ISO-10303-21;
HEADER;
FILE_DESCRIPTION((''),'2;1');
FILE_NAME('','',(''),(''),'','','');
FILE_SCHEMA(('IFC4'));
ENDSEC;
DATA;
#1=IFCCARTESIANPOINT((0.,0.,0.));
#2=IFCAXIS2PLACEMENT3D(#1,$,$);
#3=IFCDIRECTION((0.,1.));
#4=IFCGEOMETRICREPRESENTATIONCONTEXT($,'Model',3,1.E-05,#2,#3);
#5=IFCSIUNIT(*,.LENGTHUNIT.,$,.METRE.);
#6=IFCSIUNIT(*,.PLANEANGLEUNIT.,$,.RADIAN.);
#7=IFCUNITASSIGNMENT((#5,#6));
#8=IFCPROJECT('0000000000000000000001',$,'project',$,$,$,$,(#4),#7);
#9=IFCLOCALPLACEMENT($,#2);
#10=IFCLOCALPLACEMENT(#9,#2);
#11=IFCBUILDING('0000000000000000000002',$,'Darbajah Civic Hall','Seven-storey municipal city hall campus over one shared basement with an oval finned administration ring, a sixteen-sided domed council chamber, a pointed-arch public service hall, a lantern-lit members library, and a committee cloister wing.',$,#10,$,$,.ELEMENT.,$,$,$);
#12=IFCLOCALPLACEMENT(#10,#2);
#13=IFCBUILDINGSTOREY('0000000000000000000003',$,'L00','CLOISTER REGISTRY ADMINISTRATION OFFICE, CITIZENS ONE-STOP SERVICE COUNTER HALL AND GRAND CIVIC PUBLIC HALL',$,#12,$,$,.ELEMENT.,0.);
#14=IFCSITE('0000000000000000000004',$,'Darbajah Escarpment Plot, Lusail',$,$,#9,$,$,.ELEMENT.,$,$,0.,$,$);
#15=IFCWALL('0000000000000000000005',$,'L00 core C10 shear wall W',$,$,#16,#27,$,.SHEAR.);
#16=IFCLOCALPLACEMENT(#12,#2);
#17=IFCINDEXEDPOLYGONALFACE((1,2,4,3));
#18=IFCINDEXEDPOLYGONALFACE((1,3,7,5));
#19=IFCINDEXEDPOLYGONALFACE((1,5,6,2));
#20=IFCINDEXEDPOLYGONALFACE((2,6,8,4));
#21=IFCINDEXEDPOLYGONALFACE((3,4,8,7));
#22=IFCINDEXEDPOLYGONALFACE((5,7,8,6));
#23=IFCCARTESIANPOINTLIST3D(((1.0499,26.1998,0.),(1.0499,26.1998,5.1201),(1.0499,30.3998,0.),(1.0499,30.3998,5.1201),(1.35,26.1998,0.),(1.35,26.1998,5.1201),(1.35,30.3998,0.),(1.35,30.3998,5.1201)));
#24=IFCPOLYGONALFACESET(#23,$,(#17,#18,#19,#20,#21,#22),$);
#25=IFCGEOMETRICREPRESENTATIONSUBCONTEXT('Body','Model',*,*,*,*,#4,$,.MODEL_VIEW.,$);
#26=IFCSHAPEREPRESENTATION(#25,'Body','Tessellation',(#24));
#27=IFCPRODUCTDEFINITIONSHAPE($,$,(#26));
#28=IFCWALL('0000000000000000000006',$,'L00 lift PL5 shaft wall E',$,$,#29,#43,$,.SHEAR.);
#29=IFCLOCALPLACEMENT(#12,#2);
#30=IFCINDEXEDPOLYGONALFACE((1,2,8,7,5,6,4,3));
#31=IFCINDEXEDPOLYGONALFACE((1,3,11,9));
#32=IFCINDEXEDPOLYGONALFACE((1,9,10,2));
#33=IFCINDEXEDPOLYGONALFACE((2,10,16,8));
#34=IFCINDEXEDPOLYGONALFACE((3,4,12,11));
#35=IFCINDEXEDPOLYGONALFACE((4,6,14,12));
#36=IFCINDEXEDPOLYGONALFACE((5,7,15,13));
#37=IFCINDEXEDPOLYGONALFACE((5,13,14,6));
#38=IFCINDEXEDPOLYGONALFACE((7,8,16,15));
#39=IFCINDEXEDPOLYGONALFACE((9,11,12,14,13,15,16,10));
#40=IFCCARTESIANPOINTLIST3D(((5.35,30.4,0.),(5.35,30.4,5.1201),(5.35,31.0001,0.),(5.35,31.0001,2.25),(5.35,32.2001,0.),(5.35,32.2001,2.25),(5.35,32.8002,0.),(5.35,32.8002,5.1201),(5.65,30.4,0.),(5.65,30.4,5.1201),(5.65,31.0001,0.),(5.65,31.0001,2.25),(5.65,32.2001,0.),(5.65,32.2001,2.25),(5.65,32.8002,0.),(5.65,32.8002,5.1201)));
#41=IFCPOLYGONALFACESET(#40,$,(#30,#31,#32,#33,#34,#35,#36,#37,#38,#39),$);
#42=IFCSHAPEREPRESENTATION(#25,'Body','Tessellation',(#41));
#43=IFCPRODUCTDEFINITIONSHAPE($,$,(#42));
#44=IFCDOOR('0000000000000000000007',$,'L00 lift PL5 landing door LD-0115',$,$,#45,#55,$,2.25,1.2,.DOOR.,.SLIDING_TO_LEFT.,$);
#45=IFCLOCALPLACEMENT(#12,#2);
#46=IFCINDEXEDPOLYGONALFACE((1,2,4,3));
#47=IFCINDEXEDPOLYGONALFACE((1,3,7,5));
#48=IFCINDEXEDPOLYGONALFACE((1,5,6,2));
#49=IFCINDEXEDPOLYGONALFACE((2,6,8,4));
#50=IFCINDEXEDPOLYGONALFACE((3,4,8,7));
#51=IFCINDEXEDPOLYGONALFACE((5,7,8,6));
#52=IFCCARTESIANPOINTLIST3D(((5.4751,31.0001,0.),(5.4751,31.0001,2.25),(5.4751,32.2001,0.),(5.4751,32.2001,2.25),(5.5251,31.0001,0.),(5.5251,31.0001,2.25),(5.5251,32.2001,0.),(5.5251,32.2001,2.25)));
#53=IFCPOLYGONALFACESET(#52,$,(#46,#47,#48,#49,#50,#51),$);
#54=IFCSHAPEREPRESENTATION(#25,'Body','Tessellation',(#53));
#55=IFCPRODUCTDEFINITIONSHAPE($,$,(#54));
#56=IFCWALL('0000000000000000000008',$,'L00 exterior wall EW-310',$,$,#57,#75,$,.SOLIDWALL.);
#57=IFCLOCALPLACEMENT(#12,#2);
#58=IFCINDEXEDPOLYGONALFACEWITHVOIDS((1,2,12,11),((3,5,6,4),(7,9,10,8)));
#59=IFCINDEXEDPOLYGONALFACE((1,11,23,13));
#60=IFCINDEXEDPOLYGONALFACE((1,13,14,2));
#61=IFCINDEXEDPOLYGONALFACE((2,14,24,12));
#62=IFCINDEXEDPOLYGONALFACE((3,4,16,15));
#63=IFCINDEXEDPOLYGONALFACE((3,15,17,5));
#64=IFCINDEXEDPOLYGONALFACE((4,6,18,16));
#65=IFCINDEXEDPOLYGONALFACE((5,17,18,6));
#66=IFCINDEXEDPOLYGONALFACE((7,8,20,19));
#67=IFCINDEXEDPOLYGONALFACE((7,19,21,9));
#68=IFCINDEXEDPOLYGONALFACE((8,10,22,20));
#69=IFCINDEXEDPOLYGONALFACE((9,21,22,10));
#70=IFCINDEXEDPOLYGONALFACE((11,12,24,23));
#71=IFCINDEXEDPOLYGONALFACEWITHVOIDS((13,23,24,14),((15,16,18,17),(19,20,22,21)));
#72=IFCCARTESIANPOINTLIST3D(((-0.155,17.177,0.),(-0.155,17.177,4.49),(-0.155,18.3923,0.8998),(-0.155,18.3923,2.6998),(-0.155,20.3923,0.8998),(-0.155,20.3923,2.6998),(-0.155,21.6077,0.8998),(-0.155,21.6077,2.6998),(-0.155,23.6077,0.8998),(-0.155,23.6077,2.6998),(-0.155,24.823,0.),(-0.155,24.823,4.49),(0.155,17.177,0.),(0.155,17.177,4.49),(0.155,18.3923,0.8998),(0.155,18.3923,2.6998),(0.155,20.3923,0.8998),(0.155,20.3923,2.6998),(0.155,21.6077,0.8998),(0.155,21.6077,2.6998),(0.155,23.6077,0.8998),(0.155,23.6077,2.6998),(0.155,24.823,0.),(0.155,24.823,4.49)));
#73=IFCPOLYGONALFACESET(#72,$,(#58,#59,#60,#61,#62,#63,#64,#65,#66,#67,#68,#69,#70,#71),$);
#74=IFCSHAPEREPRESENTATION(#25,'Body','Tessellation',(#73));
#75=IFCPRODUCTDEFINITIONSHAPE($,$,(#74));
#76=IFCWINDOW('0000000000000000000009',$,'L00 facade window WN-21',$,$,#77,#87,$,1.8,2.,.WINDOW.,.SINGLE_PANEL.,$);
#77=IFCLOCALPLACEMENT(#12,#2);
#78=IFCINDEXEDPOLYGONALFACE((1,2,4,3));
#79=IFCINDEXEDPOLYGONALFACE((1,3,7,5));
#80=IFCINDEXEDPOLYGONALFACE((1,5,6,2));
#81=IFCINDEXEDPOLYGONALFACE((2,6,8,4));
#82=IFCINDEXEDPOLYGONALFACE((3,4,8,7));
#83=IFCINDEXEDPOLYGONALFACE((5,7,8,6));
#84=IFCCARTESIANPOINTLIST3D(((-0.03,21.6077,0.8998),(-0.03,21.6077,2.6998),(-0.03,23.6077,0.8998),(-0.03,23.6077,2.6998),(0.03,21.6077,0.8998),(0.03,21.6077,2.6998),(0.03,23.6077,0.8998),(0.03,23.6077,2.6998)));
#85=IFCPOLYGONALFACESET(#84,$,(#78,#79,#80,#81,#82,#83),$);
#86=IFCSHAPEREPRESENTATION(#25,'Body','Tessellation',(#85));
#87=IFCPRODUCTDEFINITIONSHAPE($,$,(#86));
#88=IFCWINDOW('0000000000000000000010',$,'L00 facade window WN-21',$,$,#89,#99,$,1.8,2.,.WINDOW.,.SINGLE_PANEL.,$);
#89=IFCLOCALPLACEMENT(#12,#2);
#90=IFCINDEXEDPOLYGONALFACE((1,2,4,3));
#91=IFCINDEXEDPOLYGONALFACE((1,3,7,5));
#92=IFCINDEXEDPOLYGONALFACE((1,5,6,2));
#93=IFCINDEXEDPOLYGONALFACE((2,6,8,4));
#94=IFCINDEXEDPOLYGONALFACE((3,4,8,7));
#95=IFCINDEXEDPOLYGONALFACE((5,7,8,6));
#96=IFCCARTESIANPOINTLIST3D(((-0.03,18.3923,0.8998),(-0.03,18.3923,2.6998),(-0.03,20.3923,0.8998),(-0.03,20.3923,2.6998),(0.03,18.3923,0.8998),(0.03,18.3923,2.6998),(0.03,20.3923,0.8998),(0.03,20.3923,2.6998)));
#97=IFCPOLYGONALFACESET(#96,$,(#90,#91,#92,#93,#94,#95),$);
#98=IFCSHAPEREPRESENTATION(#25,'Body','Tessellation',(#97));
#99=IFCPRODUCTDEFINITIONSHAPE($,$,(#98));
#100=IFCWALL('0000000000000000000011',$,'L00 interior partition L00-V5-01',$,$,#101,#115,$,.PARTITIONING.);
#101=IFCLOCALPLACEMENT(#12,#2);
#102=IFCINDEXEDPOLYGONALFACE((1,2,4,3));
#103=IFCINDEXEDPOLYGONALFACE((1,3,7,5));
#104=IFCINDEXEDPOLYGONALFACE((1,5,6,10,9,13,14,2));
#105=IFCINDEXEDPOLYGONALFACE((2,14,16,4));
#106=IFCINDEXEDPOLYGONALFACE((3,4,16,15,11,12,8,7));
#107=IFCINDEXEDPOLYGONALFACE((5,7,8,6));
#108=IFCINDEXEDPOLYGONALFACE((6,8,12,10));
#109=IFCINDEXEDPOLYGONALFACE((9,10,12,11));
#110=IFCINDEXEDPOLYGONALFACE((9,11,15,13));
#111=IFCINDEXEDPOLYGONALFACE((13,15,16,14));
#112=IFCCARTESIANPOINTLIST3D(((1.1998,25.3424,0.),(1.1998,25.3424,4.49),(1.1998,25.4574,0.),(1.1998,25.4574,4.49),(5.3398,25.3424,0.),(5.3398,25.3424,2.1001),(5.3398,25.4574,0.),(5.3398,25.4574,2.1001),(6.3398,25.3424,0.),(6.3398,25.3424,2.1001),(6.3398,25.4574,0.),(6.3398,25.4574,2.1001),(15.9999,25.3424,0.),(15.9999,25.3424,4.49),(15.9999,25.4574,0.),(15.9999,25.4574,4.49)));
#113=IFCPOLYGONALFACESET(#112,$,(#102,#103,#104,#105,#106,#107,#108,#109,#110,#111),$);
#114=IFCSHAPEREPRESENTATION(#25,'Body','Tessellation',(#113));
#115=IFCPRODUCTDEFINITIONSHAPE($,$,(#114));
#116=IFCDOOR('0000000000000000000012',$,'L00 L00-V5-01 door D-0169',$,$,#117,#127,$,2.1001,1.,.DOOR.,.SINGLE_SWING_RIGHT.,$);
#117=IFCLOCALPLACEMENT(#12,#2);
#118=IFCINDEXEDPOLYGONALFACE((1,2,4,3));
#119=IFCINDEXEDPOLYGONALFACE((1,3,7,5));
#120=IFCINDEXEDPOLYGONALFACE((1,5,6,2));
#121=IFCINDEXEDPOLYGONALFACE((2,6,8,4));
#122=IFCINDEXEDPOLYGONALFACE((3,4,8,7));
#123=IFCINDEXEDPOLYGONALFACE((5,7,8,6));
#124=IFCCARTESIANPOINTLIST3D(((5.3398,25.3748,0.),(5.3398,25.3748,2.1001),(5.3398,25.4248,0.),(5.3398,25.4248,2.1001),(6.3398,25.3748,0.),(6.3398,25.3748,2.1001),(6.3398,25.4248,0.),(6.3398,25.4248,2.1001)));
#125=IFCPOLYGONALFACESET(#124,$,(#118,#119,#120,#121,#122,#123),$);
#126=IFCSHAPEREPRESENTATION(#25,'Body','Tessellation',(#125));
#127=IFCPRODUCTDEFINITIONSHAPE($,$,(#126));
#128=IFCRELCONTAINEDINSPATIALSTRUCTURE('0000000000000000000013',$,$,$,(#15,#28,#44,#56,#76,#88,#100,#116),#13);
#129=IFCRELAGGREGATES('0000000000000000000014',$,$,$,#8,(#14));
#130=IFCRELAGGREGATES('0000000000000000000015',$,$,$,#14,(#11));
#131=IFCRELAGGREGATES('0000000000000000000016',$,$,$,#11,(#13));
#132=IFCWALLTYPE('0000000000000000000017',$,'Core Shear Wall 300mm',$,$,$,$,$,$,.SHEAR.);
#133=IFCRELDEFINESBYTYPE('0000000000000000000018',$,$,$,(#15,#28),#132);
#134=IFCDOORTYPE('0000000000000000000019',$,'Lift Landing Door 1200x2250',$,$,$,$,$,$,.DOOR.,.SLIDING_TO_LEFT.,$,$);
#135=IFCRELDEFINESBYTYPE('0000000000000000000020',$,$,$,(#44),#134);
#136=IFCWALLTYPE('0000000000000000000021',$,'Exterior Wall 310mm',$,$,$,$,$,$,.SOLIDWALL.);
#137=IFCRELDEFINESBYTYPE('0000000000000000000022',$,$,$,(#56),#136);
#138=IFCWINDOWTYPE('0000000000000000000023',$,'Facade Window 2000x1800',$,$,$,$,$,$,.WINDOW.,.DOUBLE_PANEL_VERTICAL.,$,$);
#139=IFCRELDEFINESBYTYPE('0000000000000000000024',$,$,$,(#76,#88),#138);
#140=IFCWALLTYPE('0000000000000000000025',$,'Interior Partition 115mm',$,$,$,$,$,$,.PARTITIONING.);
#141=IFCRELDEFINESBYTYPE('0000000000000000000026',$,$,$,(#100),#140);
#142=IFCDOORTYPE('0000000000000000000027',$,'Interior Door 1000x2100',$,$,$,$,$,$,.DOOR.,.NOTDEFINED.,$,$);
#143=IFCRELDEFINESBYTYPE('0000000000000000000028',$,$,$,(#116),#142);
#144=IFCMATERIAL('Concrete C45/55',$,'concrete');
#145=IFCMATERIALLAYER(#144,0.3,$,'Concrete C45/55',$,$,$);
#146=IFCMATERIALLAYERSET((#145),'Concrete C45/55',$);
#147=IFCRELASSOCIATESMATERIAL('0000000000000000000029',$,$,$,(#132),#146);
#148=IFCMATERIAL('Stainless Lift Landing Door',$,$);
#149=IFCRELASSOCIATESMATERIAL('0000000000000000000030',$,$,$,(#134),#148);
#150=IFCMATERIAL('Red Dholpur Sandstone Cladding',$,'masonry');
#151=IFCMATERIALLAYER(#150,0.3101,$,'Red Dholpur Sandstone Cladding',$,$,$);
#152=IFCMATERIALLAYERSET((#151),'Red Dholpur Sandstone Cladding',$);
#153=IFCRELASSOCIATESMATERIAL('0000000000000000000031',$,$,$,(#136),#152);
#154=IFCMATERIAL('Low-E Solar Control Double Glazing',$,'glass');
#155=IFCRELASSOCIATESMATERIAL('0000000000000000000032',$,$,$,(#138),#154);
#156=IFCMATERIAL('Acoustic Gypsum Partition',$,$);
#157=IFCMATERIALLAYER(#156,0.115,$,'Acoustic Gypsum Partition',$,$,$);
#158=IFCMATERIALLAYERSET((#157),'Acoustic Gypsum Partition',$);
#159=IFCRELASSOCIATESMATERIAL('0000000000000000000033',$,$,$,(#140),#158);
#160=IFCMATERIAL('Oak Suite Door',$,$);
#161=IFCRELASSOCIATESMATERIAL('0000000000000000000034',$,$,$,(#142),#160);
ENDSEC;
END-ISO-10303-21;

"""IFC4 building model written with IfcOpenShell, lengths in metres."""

from ifc_helpers import new_model, si_unit, direction, frame, frame_2d, origin, place, context, subcontext, project, spatial, rectangle, extrude, material, layer, layer_set, type_object, element, fill, save


model = new_model("IFC4")

# Units and contexts
model_context = context("Model", 3, precision=1e-05, world=origin(), true_north=direction((0.0, 1.0)))
body_context = subcontext(model_context, "Body", "Model", "MODEL_VIEW")
ifc_project = project(units=[si_unit("LENGTHUNIT", "METRE"), si_unit("PLANEANGLEUNIT", "RADIAN")], contexts=[model_context])

# Site, building, storey
site_placement = place(None, origin())
site = spatial("IfcSite", under=ifc_project, at=site_placement, Name="Darbajah Escarpment Plot, Lusail", CompositionType="ELEMENT", RefElevation=0.0)
building_placement = place(site_placement, origin())
building = spatial("IfcBuilding", under=site, at=building_placement, Name="Darbajah Civic Hall", Description="Seven-storey municipal city hall campus over one shared basement with an oval finned administration ring, a sixteen-sided domed council chamber, a pointed-arch public service hall, a lantern-lit members library, and a committee cloister wing.", CompositionType="ELEMENT")
storey_placement = place(building_placement, origin())
storey = spatial("IfcBuildingStorey", under=building, at=storey_placement, Name="L00", Description="CLOISTER REGISTRY ADMINISTRATION OFFICE, CITIZENS ONE-STOP SERVICE COUNTER HALL AND GRAND CIVIC PUBLIC HALL", CompositionType="ELEMENT", Elevation=0.0)

# Shared definitions
ifc_material_1 = material(Name="Concrete C45/55", Category="concrete")

# Wall
ifc_layer_1 = layer(ifc_material_1, 0.3, Name="Concrete C45/55")
ifc_layer_set_1 = layer_set([ifc_layer_1], Name="Concrete C45/55")
wall_type_1 = type_object("IfcWallType", Name="Core Shear Wall 300mm", PredefinedType="SHEAR", material=ifc_layer_set_1)
wall_1_placement = place(storey_placement, frame((1.2, 30.3999, 0.0), z_axis=(0.0, 0.0, 1.0), x_axis=(0.0, -1.0, 0.0)))
element("IfcWall", 1, at=wall_1_placement, inside=storey, type_object=wall_type_1, Name="L00 core C10 shear wall W", PredefinedType="SHEAR", context=body_context, shape_type="SweptSolid", body=[
    extrude(rectangle(XDim=4.2, YDim=0.3, at=frame_2d((2.1001, 0.0))), origin(), (0.0, 0.0, 1.0), 5.1201),
])

# Wall, opening, door
wall_2_placement = place(storey_placement, frame((5.5, 30.3999, 0.0), z_axis=(0.0, 0.0, 1.0), x_axis=(0.0, 1.0, 0.0)))
wall_2 = element("IfcWall", 2, at=wall_2_placement, inside=storey, type_object=wall_type_1, Name="L00 lift PL5 shaft wall E", PredefinedType="SHEAR", context=body_context, shape_type="SweptSolid", body=[
    extrude(rectangle(XDim=2.4001, YDim=0.3, at=frame_2d((1.2002, 0.0))), origin(), (0.0, 0.0, 1.0), 5.1201),
])
opening_1_placement = place(wall_2_placement, frame((0.6001, 0.0, 0.0)))
opening_1 = element("IfcOpeningElement", 3, at=opening_1_placement, cuts=wall_2, PredefinedType="OPENING", context=body_context, shape_type="SweptSolid", body=[
    extrude(rectangle(XDim=1.2, YDim=2.25, at=frame_2d((0.6001, 1.125))), frame((0.0, 0.1599, 0.0), z_axis=(0.0, -1.0, 0.0), x_axis=(1.0, 0.0, 0.0)), (0.0, 0.0, 1.0), 0.3201),
])
ifc_material_2 = material(Name="Stainless Lift Landing Door")
door_type_1 = type_object("IfcDoorType", Name="Lift Landing Door 1200x2250", OperationType="SLIDING_TO_LEFT", PredefinedType="DOOR", material=ifc_material_2)
door_1_placement = place(opening_1_placement, origin())
door_1 = element("IfcDoor", 4, at=door_1_placement, inside=storey, type_object=door_type_1, Name="L00 lift PL5 landing door LD-0115", OperationType="SLIDING_TO_LEFT", OverallHeight=2.25, OverallWidth=1.2, PredefinedType="DOOR", context=body_context, shape_type="SweptSolid", body=[
    extrude(rectangle(XDim=1.2, YDim=2.25, at=frame_2d((0.6001, 1.125))), frame((0.0, 0.0249, 0.0), z_axis=(0.0, -1.0, 0.0), x_axis=(1.0, 0.0, 0.0)), (0.0, 0.0, 1.0), 0.05),
])
fill(opening_1, door_1)

# Wall, openings, windows
ifc_material_3 = material(Name="Red Dholpur Sandstone Cladding", Category="masonry")
ifc_layer_2 = layer(ifc_material_3, 0.3101, Name="Red Dholpur Sandstone Cladding")
ifc_layer_set_2 = layer_set([ifc_layer_2], Name="Red Dholpur Sandstone Cladding")
wall_type_2 = type_object("IfcWallType", Name="Exterior Wall 310mm", PredefinedType="SOLIDWALL", material=ifc_layer_set_2)
wall_3_placement = place(storey_placement, frame((0.0, 24.823, 0.0), z_axis=(0.0, 0.0, 1.0), x_axis=(0.0, -1.0, 0.0)))
wall_3 = element("IfcWall", 5, at=wall_3_placement, inside=storey, type_object=wall_type_2, Name="L00 exterior wall EW-310", PredefinedType="SOLIDWALL", context=body_context, shape_type="SweptSolid", body=[
    extrude(rectangle(XDim=7.646, YDim=0.3101, at=frame_2d((3.823, 0.0))), origin(), (0.0, 0.0, 1.0), 4.49),
])
opening_2_placement = place(wall_3_placement, frame((1.2153, 0.0, 0.8999)))
opening_2 = element("IfcOpeningElement", 6, at=opening_2_placement, cuts=wall_3, PredefinedType="OPENING", context=body_context, shape_type="SweptSolid", body=[
    extrude(rectangle(XDim=2.0, YDim=1.8, at=frame_2d((1.0, 0.8999))), frame((0.0, 0.165, 0.0), z_axis=(0.0, -1.0, 0.0), x_axis=(1.0, 0.0, 0.0)), (0.0, 0.0, 1.0), 0.3301),
])
opening_3_placement = place(wall_3_placement, frame((4.4307, 0.0, 0.8999)))
opening_3 = element("IfcOpeningElement", 7, at=opening_3_placement, cuts=wall_3, PredefinedType="OPENING", context=body_context, shape_type="SweptSolid", body=[
    extrude(rectangle(XDim=2.0, YDim=1.8, at=frame_2d((1.0, 0.8999))), frame((0.0, 0.165, 0.0), z_axis=(0.0, -1.0, 0.0), x_axis=(1.0, 0.0, 0.0)), (0.0, 0.0, 1.0), 0.3301),
])
ifc_material_4 = material(Name="Low-E Solar Control Double Glazing", Category="glass")
window_type = type_object("IfcWindowType", Name="Facade Window 2000x1800", PartitioningType="DOUBLE_PANEL_VERTICAL", PredefinedType="WINDOW", material=ifc_material_4)
window_1_placement = place(opening_2_placement, origin())
window_1 = element("IfcWindow", 8, at=window_1_placement, inside=storey, type_object=window_type, Name="L00 facade window WN-21", OverallHeight=1.8, OverallWidth=2.0, PartitioningType="SINGLE_PANEL", PredefinedType="WINDOW", context=body_context, shape_type="SweptSolid", body=[
    extrude(rectangle(XDim=2.0, YDim=1.8, at=frame_2d((1.0, 0.8999))), frame((0.0, 0.03, 0.0), z_axis=(0.0, -1.0, 0.0), x_axis=(1.0, 0.0, 0.0)), (0.0, 0.0, 1.0), 0.0601),
])
fill(opening_2, window_1)
window_2_placement = place(opening_3_placement, origin())
window_2 = element("IfcWindow", 9, at=window_2_placement, inside=storey, type_object=window_type, Name="L00 facade window WN-21", OverallHeight=1.8, OverallWidth=2.0, PartitioningType="SINGLE_PANEL", PredefinedType="WINDOW", context=body_context, shape_type="SweptSolid", body=[
    extrude(rectangle(XDim=2.0, YDim=1.8, at=frame_2d((1.0, 0.8999))), frame((0.0, 0.03, 0.0), z_axis=(0.0, -1.0, 0.0), x_axis=(1.0, 0.0, 0.0)), (0.0, 0.0, 1.0), 0.0601),
])
fill(opening_3, window_2)

# Wall, opening, door
ifc_material_5 = material(Name="Acoustic Gypsum Partition")
ifc_layer_3 = layer(ifc_material_5, 0.115, Name="Acoustic Gypsum Partition")
ifc_layer_set_3 = layer_set([ifc_layer_3], Name="Acoustic Gypsum Partition")
wall_type_3 = type_object("IfcWallType", Name="Interior Partition 115mm", PredefinedType="PARTITIONING", material=ifc_layer_set_3)
wall_4_placement = place(storey_placement, frame((1.2, 25.3999, 0.0), z_axis=(0.0, 0.0, 1.0), x_axis=(1.0, 0.0, 0.0)))
wall_4 = element("IfcWall", 10, at=wall_4_placement, inside=storey, type_object=wall_type_3, Name="L00 interior partition L00-V5-01", PredefinedType="PARTITIONING", context=body_context, shape_type="SweptSolid", body=[
    extrude(rectangle(XDim=14.8, YDim=0.115, at=frame_2d((7.3999, 0.0))), origin(), (0.0, 0.0, 1.0), 4.49),
])
opening_4_placement = place(wall_4_placement, frame((4.1399, 0.0, 0.0)))
opening_4 = element("IfcOpeningElement", 11, at=opening_4_placement, cuts=wall_4, PredefinedType="OPENING", context=body_context, shape_type="SweptSolid", body=[
    extrude(rectangle(XDim=1.0, YDim=2.1001, at=frame_2d((0.5, 1.05))), frame((0.0, 0.0674, 0.0), z_axis=(0.0, -1.0, 0.0), x_axis=(1.0, 0.0, 0.0)), (0.0, 0.0, 1.0), 0.135),
])
ifc_material_6 = material(Name="Oak Suite Door")
door_type_2 = type_object("IfcDoorType", Name="Interior Door 1000x2100", OperationType="NOTDEFINED", PredefinedType="DOOR", material=ifc_material_6)
door_2_placement = place(opening_4_placement, origin())
door_2 = element("IfcDoor", 12, at=door_2_placement, inside=storey, type_object=door_type_2, Name="L00 L00-V5-01 door D-0169", OperationType="SINGLE_SWING_RIGHT", OverallHeight=2.1001, OverallWidth=1.0, PredefinedType="DOOR", context=body_context, shape_type="SweptSolid", body=[
    extrude(rectangle(XDim=1.0, YDim=2.1001, at=frame_2d((0.5, 1.05))), frame((0.0, 0.0249, 0.0), z_axis=(0.0, -1.0, 0.0), x_axis=(1.0, 0.0, 0.0)), (0.0, 0.0, 1.0), 0.05),
])
fill(opening_4, door_2)

save(model, "model.ifc")
